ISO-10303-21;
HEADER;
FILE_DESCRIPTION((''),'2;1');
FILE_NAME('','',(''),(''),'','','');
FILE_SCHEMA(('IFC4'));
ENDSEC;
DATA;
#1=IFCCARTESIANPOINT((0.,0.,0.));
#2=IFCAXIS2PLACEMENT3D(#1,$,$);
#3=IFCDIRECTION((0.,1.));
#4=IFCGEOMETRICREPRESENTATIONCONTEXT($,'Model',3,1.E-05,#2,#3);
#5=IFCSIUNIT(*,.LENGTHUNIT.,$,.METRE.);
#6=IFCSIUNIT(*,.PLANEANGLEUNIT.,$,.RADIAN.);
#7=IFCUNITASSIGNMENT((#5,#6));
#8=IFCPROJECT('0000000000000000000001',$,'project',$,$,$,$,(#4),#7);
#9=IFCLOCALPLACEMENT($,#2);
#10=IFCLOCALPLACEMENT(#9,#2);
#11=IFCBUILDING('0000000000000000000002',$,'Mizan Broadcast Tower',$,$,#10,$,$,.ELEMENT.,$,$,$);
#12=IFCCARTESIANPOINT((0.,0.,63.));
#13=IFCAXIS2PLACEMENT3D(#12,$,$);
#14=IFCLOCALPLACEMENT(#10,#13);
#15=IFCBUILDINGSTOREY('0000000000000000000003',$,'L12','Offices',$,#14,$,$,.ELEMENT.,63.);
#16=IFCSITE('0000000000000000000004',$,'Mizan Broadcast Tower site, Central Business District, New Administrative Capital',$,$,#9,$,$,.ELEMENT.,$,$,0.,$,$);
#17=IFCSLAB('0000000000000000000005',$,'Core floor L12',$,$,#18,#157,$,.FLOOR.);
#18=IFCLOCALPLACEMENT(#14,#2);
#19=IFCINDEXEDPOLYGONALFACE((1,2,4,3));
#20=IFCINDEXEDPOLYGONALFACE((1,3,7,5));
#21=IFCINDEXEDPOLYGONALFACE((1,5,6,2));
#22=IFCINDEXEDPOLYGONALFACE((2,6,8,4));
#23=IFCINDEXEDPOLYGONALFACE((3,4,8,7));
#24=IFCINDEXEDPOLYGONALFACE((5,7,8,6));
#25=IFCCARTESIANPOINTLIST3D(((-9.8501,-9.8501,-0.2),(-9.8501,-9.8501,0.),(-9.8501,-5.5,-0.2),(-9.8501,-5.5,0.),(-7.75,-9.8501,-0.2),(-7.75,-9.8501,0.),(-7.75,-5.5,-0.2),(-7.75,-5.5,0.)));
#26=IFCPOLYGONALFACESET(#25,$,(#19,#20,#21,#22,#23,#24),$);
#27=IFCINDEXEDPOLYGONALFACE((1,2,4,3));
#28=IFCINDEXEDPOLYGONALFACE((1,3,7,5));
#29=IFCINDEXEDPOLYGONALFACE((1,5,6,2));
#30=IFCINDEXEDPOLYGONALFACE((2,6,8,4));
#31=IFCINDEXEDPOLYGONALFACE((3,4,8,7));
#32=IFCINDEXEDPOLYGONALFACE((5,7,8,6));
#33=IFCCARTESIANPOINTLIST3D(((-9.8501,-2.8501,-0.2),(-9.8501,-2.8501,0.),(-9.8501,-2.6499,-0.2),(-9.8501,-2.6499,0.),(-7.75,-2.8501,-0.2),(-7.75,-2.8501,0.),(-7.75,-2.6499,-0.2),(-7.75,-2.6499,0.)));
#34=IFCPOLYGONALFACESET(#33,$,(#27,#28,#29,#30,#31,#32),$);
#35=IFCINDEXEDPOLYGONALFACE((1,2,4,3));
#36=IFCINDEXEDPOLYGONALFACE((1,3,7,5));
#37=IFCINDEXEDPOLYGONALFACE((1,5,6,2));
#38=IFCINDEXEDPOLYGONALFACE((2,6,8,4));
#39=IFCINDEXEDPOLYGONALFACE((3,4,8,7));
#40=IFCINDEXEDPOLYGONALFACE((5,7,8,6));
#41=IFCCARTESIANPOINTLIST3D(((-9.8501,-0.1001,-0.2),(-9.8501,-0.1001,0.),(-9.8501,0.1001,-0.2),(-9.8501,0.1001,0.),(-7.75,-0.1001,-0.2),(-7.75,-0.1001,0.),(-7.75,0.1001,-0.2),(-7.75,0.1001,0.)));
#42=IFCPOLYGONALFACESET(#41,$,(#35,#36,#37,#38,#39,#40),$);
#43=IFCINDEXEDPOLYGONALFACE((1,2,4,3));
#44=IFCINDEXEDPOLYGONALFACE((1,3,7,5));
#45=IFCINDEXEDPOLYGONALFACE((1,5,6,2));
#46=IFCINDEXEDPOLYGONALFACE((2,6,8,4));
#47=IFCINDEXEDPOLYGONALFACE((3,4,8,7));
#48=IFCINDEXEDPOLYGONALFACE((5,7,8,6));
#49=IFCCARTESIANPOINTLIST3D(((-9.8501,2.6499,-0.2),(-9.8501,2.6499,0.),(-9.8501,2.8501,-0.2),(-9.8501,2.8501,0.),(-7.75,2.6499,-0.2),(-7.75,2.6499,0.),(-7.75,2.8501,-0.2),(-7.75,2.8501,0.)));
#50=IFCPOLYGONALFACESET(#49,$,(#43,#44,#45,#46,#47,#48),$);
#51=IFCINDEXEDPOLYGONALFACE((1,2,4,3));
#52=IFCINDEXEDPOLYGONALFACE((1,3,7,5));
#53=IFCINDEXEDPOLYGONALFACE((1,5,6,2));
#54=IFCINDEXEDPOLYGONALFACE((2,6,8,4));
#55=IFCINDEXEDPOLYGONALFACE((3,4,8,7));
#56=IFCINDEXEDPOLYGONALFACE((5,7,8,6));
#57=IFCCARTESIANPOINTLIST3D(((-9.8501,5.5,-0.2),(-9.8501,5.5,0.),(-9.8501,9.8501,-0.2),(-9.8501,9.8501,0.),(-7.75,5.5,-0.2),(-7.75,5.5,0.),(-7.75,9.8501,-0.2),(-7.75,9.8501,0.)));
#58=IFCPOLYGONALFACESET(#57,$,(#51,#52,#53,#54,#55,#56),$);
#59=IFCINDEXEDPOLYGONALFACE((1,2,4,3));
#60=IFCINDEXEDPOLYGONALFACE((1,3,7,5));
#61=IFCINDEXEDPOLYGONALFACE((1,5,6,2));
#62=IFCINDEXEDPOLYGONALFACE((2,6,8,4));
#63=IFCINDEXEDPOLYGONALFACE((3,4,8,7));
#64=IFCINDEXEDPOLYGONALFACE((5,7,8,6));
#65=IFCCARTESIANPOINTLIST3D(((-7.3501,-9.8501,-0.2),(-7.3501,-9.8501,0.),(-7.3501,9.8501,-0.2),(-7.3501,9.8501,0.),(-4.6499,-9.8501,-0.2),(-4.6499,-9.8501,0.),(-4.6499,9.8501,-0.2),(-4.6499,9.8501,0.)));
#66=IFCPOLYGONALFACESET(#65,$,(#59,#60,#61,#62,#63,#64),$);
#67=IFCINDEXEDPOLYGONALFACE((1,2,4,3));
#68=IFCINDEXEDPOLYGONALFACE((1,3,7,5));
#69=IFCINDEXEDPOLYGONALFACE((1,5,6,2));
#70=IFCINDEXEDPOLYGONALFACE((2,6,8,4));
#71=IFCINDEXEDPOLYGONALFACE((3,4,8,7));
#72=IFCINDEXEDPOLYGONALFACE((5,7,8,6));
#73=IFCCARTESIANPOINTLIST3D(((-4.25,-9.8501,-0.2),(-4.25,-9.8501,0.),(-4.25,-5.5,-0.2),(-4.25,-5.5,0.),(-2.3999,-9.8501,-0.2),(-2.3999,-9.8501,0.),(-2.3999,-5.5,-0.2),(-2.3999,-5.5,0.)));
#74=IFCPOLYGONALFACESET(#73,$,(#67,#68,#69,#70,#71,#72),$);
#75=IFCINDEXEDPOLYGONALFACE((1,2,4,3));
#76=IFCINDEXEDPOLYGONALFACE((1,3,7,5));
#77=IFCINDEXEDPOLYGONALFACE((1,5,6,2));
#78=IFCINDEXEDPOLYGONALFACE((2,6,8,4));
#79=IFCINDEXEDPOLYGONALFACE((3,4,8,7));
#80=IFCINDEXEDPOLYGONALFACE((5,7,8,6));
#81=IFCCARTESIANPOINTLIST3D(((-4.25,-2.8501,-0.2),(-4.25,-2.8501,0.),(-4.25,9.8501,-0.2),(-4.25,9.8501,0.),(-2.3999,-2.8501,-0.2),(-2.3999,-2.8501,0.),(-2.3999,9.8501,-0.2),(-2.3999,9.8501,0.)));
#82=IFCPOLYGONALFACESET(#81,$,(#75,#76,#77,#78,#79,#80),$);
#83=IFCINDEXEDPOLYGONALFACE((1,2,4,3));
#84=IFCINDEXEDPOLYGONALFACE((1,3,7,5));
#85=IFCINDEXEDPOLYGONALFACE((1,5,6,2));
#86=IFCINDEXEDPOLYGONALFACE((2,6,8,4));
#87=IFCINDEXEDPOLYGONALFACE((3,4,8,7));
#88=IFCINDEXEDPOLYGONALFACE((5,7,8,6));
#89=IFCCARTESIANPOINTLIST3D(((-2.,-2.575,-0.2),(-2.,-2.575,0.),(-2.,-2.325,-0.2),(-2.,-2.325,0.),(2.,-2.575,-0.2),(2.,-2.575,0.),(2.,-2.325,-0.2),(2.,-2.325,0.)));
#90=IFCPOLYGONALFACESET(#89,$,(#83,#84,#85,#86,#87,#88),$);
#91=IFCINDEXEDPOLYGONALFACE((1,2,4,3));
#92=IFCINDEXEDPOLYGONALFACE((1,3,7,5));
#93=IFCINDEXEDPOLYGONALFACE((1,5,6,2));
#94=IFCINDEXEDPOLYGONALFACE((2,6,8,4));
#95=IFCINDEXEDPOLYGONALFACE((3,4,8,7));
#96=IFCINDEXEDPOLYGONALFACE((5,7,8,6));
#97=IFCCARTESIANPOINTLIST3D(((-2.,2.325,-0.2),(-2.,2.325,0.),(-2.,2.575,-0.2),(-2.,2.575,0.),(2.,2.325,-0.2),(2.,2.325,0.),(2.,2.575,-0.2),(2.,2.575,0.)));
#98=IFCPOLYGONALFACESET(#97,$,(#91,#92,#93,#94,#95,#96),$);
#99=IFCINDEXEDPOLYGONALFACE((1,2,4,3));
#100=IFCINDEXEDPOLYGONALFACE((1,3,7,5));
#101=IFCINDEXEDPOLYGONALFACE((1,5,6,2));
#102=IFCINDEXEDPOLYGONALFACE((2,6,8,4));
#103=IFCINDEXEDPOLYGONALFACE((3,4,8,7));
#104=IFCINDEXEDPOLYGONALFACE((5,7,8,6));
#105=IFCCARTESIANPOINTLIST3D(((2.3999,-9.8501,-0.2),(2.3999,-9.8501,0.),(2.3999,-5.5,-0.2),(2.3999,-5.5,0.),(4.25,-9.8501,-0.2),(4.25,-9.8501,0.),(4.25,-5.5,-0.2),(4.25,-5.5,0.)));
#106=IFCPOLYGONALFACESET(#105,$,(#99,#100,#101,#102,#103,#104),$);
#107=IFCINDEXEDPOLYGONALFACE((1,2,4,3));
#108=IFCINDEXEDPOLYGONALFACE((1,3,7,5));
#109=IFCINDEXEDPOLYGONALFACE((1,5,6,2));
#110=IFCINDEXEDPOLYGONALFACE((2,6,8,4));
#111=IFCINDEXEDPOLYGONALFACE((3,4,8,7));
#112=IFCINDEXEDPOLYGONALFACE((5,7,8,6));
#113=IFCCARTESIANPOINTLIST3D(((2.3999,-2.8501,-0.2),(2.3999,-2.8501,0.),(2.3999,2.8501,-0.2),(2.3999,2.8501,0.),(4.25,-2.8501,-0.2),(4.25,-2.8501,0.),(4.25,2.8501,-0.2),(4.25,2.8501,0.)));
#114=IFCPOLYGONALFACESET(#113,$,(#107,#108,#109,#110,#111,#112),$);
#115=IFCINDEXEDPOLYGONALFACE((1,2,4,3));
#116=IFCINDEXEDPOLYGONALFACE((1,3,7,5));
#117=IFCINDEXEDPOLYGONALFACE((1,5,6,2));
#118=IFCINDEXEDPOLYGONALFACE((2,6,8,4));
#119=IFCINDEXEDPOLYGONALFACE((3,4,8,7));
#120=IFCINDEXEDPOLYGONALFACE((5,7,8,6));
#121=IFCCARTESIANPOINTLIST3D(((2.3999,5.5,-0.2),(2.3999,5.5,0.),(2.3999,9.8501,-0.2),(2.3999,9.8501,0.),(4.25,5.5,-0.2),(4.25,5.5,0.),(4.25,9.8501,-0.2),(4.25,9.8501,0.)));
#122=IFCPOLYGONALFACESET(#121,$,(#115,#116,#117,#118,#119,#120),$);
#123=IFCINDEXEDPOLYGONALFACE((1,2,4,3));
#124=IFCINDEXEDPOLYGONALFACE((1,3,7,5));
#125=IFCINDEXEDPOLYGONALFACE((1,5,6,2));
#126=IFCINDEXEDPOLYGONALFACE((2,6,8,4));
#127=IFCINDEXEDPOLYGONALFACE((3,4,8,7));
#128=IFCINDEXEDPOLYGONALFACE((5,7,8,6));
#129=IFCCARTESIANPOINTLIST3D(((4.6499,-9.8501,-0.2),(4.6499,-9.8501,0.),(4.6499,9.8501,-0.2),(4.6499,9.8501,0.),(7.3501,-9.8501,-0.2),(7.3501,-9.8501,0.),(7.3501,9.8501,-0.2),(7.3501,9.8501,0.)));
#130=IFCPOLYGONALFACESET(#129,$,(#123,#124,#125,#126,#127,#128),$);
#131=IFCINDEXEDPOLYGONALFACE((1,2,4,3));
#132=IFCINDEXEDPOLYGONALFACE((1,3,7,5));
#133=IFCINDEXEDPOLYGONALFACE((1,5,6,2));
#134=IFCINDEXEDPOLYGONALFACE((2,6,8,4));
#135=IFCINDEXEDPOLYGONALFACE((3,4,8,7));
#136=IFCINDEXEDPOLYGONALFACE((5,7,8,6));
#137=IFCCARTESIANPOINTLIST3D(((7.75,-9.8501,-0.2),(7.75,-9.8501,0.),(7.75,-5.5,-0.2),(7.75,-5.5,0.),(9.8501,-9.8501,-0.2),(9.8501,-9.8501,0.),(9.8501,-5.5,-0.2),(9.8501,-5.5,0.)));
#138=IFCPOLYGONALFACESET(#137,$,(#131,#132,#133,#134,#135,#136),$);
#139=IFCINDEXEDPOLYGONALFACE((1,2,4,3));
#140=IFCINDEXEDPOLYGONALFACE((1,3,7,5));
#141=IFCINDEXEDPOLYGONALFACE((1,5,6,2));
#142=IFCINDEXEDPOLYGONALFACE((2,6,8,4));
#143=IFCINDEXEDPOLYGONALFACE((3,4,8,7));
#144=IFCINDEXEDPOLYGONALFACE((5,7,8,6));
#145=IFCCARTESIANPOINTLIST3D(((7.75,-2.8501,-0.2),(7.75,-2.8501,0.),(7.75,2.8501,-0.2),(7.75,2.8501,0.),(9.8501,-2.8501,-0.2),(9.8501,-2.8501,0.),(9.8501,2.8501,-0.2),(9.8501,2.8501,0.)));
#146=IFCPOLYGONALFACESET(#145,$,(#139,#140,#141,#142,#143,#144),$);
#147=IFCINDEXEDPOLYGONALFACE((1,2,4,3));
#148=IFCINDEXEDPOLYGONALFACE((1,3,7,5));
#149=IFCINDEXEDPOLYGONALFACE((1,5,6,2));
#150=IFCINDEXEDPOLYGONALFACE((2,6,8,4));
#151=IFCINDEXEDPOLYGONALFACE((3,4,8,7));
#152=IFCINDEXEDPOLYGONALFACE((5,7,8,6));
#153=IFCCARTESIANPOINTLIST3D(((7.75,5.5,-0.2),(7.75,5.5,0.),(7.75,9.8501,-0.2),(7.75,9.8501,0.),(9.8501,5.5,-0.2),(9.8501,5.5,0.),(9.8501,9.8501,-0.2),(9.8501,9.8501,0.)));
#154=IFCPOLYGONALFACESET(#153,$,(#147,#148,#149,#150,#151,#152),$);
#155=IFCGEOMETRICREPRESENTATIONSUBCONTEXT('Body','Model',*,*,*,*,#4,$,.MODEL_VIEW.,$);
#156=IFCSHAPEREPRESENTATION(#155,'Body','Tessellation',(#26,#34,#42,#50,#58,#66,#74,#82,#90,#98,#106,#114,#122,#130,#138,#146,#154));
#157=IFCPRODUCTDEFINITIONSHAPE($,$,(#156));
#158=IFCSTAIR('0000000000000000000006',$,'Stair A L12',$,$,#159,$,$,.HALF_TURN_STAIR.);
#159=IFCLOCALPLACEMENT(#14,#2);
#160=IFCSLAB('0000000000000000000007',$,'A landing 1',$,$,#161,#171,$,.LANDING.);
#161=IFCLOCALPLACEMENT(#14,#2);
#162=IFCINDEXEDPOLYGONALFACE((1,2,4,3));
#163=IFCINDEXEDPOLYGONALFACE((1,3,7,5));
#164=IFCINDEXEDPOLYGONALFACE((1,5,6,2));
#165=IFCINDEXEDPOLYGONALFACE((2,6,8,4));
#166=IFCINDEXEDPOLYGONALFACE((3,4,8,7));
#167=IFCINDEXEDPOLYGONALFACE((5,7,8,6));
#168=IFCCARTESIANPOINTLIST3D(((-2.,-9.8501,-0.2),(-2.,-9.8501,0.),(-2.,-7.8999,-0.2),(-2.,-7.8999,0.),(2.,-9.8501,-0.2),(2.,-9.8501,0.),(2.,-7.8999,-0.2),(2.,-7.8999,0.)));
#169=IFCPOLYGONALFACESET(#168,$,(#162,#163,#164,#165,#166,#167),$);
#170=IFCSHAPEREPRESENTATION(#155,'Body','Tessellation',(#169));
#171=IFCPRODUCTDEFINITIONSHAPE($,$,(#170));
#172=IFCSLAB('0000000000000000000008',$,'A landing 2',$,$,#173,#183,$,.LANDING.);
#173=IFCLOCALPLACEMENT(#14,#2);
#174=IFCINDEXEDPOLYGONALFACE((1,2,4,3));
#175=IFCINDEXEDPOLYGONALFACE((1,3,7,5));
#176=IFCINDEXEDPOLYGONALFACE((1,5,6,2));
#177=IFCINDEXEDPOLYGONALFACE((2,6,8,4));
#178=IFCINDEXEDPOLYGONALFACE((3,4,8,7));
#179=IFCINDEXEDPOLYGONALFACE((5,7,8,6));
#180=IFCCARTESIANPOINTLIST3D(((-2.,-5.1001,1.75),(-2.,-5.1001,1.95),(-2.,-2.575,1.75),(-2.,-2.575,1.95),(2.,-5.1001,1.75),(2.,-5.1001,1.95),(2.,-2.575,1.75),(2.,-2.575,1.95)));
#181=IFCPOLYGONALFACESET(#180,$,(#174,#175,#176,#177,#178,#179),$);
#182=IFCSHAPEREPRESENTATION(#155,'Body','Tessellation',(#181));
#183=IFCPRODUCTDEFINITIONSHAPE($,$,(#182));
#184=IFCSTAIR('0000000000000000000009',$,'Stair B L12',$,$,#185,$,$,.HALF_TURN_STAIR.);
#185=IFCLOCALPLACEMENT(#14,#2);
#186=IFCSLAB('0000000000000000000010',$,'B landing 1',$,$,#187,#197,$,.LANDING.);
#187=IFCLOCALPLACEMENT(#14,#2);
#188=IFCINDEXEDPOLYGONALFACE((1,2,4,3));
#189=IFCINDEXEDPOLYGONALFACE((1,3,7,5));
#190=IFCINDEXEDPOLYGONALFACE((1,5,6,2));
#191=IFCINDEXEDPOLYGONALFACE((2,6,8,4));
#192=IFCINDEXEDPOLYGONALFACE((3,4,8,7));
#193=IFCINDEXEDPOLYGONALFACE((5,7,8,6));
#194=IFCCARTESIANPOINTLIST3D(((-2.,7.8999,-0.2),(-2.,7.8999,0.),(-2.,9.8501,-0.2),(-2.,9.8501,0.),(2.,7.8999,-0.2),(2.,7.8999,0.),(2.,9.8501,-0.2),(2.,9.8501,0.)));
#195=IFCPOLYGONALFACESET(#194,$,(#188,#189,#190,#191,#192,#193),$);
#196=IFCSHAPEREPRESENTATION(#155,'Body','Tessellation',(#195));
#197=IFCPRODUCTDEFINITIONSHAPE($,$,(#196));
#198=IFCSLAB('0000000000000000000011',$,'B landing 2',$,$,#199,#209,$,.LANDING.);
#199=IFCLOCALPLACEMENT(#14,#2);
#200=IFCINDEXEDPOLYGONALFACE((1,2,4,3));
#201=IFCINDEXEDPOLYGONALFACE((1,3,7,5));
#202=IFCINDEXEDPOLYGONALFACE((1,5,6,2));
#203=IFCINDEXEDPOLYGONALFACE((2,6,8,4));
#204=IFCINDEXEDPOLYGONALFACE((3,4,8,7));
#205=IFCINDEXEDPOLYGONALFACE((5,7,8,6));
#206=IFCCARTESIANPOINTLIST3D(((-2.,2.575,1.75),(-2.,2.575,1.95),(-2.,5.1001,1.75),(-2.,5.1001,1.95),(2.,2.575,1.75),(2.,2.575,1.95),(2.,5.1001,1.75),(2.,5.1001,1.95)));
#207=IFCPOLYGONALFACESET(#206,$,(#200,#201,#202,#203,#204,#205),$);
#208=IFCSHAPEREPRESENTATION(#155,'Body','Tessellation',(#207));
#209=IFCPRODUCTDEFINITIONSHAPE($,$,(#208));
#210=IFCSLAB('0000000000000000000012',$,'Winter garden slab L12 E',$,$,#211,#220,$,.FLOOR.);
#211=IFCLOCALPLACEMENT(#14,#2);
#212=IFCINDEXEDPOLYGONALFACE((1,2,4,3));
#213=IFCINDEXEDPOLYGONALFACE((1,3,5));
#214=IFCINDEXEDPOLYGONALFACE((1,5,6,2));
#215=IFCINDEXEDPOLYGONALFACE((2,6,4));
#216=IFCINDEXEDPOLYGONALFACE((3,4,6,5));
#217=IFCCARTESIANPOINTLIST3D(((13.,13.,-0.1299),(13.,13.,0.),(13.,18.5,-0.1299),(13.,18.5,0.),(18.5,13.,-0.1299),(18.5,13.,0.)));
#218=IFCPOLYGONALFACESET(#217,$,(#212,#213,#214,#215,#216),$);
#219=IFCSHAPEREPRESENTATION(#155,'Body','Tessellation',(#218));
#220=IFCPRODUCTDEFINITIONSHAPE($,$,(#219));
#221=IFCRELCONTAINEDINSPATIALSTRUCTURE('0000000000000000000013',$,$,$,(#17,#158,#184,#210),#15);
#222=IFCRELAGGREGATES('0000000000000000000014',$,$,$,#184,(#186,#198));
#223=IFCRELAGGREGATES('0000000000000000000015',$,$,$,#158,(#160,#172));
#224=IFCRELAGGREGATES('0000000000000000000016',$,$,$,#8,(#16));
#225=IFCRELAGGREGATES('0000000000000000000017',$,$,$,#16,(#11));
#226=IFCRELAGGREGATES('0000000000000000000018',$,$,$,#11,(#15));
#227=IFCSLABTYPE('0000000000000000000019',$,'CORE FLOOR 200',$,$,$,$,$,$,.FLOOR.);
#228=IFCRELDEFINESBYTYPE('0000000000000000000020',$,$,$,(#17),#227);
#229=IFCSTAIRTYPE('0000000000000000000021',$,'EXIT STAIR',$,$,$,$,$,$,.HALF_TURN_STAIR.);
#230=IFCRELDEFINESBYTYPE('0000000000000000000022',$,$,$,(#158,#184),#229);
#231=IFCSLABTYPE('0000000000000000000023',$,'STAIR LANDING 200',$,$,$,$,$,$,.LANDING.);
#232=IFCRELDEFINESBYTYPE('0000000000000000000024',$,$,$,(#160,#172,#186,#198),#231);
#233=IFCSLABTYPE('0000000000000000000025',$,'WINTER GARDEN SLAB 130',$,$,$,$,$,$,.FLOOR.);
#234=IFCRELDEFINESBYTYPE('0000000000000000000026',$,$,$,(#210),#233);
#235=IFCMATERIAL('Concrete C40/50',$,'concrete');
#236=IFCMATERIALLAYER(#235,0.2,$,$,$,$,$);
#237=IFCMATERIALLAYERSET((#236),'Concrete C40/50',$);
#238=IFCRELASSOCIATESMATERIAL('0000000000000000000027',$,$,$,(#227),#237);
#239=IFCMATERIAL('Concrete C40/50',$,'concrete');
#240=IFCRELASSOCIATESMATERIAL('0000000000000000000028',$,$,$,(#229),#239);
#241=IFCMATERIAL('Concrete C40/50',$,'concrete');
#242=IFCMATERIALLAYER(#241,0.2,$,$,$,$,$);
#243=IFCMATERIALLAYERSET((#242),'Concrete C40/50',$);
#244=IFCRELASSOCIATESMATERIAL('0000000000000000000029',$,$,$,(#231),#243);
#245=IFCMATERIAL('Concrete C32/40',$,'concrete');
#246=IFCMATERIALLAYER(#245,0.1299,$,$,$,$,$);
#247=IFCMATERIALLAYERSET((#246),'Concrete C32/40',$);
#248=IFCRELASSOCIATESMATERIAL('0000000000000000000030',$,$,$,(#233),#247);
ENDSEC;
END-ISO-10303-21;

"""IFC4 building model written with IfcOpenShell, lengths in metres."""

from ifc_helpers import new_model, si_unit, direction, frame, origin, place, context, subcontext, project, spatial, polyline, outline, extrude, material, layer, layer_set, type_object, element, aggregate, save


model = new_model("IFC4")

# Units and contexts
model_context = context("Model", 3, precision=1e-05, world=origin(), true_north=direction((0.0, 1.0)))
body_context = subcontext(model_context, "Body", "Model", "MODEL_VIEW")
ifc_project = project(units=[si_unit("LENGTHUNIT", "METRE"), si_unit("PLANEANGLEUNIT", "RADIAN")], contexts=[model_context])

# Site, building, storey
site_placement = place(None, origin())
site = spatial("IfcSite", under=ifc_project, at=site_placement, Name="Mizan Broadcast Tower site, Central Business District, New Administrative Capital", CompositionType="ELEMENT", RefElevation=0.0)
building_placement = place(site_placement, origin())
building = spatial("IfcBuilding", under=site, at=building_placement, Name="Mizan Broadcast Tower", CompositionType="ELEMENT")
storey_placement = place(building_placement, frame((0.0, 0.0, 63.0)))
storey = spatial("IfcBuildingStorey", under=building, at=storey_placement, Name="L12", Description="Offices", CompositionType="ELEMENT", Elevation=63.0)

# Slab
ifc_material_1 = material(Name="Concrete C40/50", Category="concrete")
ifc_layer_1 = layer(ifc_material_1, 0.2)
ifc_layer_set_1 = layer_set([ifc_layer_1], Name="Concrete C40/50")
slab_type_1 = type_object("IfcSlabType", Name="CORE FLOOR 200", PredefinedType="FLOOR", material=ifc_layer_set_1)
slab_1_placement = place(storey_placement, frame((0.0, 0.0, -0.2)))
element("IfcSlab", 1, at=slab_1_placement, inside=storey, type_object=slab_type_1, Name="Core floor L12", PredefinedType="FLOOR", context=body_context, shape_type="SweptSolid", body=[
    extrude(outline(polyline([(-9.8501, -9.8501), (-7.75, -9.8501), (-7.75, -5.5), (-9.8501, -5.5), (-9.8501, -9.8501)])), origin(), (0.0, 0.0, 1.0), 0.2),
    extrude(outline(polyline([(-9.8501, -2.8501), (-7.75, -2.8501), (-7.75, -2.6499), (-9.8501, -2.6499), (-9.8501, -2.8501)])), origin(), (0.0, 0.0, 1.0), 0.2),
    extrude(outline(polyline([(-9.8501, -0.1001), (-7.75, -0.1001), (-7.75, 0.1001), (-9.8501, 0.1001), (-9.8501, -0.1001)])), origin(), (0.0, 0.0, 1.0), 0.2),
    extrude(outline(polyline([(-9.8501, 2.6499), (-7.75, 2.6499), (-7.75, 2.8501), (-9.8501, 2.8501), (-9.8501, 2.6499)])), origin(), (0.0, 0.0, 1.0), 0.2),
    extrude(outline(polyline([(-9.8501, 5.5), (-7.75, 5.5), (-7.75, 9.8501), (-9.8501, 9.8501), (-9.8501, 5.5)])), origin(), (0.0, 0.0, 1.0), 0.2),
    extrude(outline(polyline([(-4.6499, 9.8501), (-7.3501, 9.8501), (-7.3501, -9.8501), (-4.6499, -9.8501), (-4.6499, 9.8501)])), origin(), (0.0, 0.0, 1.0), 0.2),
    extrude(outline(polyline([(-4.25, -5.5), (-4.25, -9.8501), (-2.3999, -9.8501), (-2.3999, -5.5), (-4.25, -5.5)])), origin(), (0.0, 0.0, 1.0), 0.2),
    extrude(outline(polyline([(-4.25, -2.8501), (-2.3999, -2.8501), (-2.3999, 9.8501), (-4.25, 9.8501), (-4.25, -2.8501)])), origin(), (0.0, 0.0, 1.0), 0.2),
    extrude(outline(polyline([(2.0, -2.325), (-2.0, -2.325), (-2.0, -2.575), (2.0, -2.575), (2.0, -2.325)])), origin(), (0.0, 0.0, 1.0), 0.2),
    extrude(outline(polyline([(2.0, 2.575), (-2.0, 2.575), (-2.0, 2.325), (2.0, 2.325), (2.0, 2.575)])), origin(), (0.0, 0.0, 1.0), 0.2),
    extrude(outline(polyline([(4.25, -9.8501), (4.25, -5.5), (2.3999, -5.5), (2.3999, -9.8501), (4.25, -9.8501)])), origin(), (0.0, 0.0, 1.0), 0.2),
    extrude(outline(polyline([(4.25, -2.8501), (4.25, 2.8501), (2.3999, 2.8501), (2.3999, -2.8501), (4.25, -2.8501)])), origin(), (0.0, 0.0, 1.0), 0.2),
    extrude(outline(polyline([(4.25, 5.5), (4.25, 9.8501), (2.3999, 9.8501), (2.3999, 5.5), (4.25, 5.5)])), origin(), (0.0, 0.0, 1.0), 0.2),
    extrude(outline(polyline([(4.6499, 9.8501), (4.6499, -9.8501), (7.3501, -9.8501), (7.3501, 9.8501), (4.6499, 9.8501)])), origin(), (0.0, 0.0, 1.0), 0.2),
    extrude(outline(polyline([(9.8501, -9.8501), (9.8501, -5.5), (7.75, -5.5), (7.75, -9.8501), (9.8501, -9.8501)])), origin(), (0.0, 0.0, 1.0), 0.2),
    extrude(outline(polyline([(7.75, 2.8501), (7.75, -2.8501), (9.8501, -2.8501), (9.8501, 2.8501), (7.75, 2.8501)])), origin(), (0.0, 0.0, 1.0), 0.2),
    extrude(outline(polyline([(9.8501, 5.5), (9.8501, 9.8501), (7.75, 9.8501), (7.75, 5.5), (9.8501, 5.5)])), origin(), (0.0, 0.0, 1.0), 0.2),
])

# Stairs, slabs
ifc_material_2 = material(Name="Concrete C40/50", Category="concrete")
stair_type = type_object("IfcStairType", Name="EXIT STAIR", PredefinedType="HALF_TURN_STAIR", material=ifc_material_2)
stair_1_placement = place(storey_placement, origin())
stair_1 = element("IfcStair", 2, at=stair_1_placement, inside=storey, type_object=stair_type, Name="Stair A L12", PredefinedType="HALF_TURN_STAIR")
ifc_material_3 = material(Name="Concrete C40/50", Category="concrete")
ifc_layer_2 = layer(ifc_material_3, 0.2)
ifc_layer_set_2 = layer_set([ifc_layer_2], Name="Concrete C40/50")
slab_type_2 = type_object("IfcSlabType", Name="STAIR LANDING 200", PredefinedType="LANDING", material=ifc_layer_set_2)
slab_2_placement = place(storey_placement, frame((0.0, 0.0, -0.2)))
slab_2 = element("IfcSlab", 3, at=slab_2_placement, type_object=slab_type_2, Name="A landing 1", PredefinedType="LANDING", context=body_context, shape_type="SweptSolid", body=[
    extrude(outline(polyline([(-2.0, -9.8501), (-2.0, -7.8999), (2.0, -7.8999), (2.0, -9.8501), (-2.0, -9.8501)])), origin(), (0.0, 0.0, 1.0), 0.2),
])
slab_3_placement = place(storey_placement, frame((0.0, 0.0, 1.75)))
slab_3 = element("IfcSlab", 4, at=slab_3_placement, type_object=slab_type_2, Name="A landing 2", PredefinedType="LANDING", context=body_context, shape_type="SweptSolid", body=[
    extrude(outline(polyline([(-2.0, -5.1001), (-2.0, -2.575), (2.0, -2.575), (2.0, -5.1001), (-2.0, -5.1001)])), origin(), (0.0, 0.0, 1.0), 0.2),
])
stair_2_placement = place(storey_placement, origin())
stair_2 = element("IfcStair", 5, at=stair_2_placement, inside=storey, type_object=stair_type, Name="Stair B L12", PredefinedType="HALF_TURN_STAIR")
slab_4_placement = place(storey_placement, frame((0.0, 0.0, -0.2)))
slab_4 = element("IfcSlab", 6, at=slab_4_placement, type_object=slab_type_2, Name="B landing 1", PredefinedType="LANDING", context=body_context, shape_type="SweptSolid", body=[
    extrude(outline(polyline([(2.0, 9.8501), (2.0, 7.8999), (-2.0, 7.8999), (-2.0, 9.8501), (2.0, 9.8501)])), origin(), (0.0, 0.0, 1.0), 0.2),
])
slab_5_placement = place(storey_placement, frame((0.0, 0.0, 1.75)))
slab_5 = element("IfcSlab", 7, at=slab_5_placement, type_object=slab_type_2, Name="B landing 2", PredefinedType="LANDING", context=body_context, shape_type="SweptSolid", body=[
    extrude(outline(polyline([(2.0, 5.1001), (2.0, 2.575), (-2.0, 2.575), (-2.0, 5.1001), (2.0, 5.1001)])), origin(), (0.0, 0.0, 1.0), 0.2),
])
aggregate(stair_2, [slab_4, slab_5])

# Slab
ifc_material_4 = material(Name="Concrete C32/40", Category="concrete")
ifc_layer_3 = layer(ifc_material_4, 0.1299)
ifc_layer_set_3 = layer_set([ifc_layer_3], Name="Concrete C32/40")
slab_type_3 = type_object("IfcSlabType", Name="WINTER GARDEN SLAB 130", PredefinedType="FLOOR", material=ifc_layer_set_3)
slab_6_placement = place(storey_placement, frame((0.0, 0.0, -0.1299)))
element("IfcSlab", 8, at=slab_6_placement, inside=storey, type_object=slab_type_3, Name="Winter garden slab L12 E", PredefinedType="FLOOR", context=body_context, shape_type="SweptSolid", body=[
    extrude(outline(polyline([(13.0, 13.0), (18.5, 13.0), (13.0, 18.5), (13.0, 13.0)])), origin(), (0.0, 0.0, 1.0), 0.1299),
])

aggregate(stair_1, [slab_2, slab_3])

save(model, "model.ifc")
